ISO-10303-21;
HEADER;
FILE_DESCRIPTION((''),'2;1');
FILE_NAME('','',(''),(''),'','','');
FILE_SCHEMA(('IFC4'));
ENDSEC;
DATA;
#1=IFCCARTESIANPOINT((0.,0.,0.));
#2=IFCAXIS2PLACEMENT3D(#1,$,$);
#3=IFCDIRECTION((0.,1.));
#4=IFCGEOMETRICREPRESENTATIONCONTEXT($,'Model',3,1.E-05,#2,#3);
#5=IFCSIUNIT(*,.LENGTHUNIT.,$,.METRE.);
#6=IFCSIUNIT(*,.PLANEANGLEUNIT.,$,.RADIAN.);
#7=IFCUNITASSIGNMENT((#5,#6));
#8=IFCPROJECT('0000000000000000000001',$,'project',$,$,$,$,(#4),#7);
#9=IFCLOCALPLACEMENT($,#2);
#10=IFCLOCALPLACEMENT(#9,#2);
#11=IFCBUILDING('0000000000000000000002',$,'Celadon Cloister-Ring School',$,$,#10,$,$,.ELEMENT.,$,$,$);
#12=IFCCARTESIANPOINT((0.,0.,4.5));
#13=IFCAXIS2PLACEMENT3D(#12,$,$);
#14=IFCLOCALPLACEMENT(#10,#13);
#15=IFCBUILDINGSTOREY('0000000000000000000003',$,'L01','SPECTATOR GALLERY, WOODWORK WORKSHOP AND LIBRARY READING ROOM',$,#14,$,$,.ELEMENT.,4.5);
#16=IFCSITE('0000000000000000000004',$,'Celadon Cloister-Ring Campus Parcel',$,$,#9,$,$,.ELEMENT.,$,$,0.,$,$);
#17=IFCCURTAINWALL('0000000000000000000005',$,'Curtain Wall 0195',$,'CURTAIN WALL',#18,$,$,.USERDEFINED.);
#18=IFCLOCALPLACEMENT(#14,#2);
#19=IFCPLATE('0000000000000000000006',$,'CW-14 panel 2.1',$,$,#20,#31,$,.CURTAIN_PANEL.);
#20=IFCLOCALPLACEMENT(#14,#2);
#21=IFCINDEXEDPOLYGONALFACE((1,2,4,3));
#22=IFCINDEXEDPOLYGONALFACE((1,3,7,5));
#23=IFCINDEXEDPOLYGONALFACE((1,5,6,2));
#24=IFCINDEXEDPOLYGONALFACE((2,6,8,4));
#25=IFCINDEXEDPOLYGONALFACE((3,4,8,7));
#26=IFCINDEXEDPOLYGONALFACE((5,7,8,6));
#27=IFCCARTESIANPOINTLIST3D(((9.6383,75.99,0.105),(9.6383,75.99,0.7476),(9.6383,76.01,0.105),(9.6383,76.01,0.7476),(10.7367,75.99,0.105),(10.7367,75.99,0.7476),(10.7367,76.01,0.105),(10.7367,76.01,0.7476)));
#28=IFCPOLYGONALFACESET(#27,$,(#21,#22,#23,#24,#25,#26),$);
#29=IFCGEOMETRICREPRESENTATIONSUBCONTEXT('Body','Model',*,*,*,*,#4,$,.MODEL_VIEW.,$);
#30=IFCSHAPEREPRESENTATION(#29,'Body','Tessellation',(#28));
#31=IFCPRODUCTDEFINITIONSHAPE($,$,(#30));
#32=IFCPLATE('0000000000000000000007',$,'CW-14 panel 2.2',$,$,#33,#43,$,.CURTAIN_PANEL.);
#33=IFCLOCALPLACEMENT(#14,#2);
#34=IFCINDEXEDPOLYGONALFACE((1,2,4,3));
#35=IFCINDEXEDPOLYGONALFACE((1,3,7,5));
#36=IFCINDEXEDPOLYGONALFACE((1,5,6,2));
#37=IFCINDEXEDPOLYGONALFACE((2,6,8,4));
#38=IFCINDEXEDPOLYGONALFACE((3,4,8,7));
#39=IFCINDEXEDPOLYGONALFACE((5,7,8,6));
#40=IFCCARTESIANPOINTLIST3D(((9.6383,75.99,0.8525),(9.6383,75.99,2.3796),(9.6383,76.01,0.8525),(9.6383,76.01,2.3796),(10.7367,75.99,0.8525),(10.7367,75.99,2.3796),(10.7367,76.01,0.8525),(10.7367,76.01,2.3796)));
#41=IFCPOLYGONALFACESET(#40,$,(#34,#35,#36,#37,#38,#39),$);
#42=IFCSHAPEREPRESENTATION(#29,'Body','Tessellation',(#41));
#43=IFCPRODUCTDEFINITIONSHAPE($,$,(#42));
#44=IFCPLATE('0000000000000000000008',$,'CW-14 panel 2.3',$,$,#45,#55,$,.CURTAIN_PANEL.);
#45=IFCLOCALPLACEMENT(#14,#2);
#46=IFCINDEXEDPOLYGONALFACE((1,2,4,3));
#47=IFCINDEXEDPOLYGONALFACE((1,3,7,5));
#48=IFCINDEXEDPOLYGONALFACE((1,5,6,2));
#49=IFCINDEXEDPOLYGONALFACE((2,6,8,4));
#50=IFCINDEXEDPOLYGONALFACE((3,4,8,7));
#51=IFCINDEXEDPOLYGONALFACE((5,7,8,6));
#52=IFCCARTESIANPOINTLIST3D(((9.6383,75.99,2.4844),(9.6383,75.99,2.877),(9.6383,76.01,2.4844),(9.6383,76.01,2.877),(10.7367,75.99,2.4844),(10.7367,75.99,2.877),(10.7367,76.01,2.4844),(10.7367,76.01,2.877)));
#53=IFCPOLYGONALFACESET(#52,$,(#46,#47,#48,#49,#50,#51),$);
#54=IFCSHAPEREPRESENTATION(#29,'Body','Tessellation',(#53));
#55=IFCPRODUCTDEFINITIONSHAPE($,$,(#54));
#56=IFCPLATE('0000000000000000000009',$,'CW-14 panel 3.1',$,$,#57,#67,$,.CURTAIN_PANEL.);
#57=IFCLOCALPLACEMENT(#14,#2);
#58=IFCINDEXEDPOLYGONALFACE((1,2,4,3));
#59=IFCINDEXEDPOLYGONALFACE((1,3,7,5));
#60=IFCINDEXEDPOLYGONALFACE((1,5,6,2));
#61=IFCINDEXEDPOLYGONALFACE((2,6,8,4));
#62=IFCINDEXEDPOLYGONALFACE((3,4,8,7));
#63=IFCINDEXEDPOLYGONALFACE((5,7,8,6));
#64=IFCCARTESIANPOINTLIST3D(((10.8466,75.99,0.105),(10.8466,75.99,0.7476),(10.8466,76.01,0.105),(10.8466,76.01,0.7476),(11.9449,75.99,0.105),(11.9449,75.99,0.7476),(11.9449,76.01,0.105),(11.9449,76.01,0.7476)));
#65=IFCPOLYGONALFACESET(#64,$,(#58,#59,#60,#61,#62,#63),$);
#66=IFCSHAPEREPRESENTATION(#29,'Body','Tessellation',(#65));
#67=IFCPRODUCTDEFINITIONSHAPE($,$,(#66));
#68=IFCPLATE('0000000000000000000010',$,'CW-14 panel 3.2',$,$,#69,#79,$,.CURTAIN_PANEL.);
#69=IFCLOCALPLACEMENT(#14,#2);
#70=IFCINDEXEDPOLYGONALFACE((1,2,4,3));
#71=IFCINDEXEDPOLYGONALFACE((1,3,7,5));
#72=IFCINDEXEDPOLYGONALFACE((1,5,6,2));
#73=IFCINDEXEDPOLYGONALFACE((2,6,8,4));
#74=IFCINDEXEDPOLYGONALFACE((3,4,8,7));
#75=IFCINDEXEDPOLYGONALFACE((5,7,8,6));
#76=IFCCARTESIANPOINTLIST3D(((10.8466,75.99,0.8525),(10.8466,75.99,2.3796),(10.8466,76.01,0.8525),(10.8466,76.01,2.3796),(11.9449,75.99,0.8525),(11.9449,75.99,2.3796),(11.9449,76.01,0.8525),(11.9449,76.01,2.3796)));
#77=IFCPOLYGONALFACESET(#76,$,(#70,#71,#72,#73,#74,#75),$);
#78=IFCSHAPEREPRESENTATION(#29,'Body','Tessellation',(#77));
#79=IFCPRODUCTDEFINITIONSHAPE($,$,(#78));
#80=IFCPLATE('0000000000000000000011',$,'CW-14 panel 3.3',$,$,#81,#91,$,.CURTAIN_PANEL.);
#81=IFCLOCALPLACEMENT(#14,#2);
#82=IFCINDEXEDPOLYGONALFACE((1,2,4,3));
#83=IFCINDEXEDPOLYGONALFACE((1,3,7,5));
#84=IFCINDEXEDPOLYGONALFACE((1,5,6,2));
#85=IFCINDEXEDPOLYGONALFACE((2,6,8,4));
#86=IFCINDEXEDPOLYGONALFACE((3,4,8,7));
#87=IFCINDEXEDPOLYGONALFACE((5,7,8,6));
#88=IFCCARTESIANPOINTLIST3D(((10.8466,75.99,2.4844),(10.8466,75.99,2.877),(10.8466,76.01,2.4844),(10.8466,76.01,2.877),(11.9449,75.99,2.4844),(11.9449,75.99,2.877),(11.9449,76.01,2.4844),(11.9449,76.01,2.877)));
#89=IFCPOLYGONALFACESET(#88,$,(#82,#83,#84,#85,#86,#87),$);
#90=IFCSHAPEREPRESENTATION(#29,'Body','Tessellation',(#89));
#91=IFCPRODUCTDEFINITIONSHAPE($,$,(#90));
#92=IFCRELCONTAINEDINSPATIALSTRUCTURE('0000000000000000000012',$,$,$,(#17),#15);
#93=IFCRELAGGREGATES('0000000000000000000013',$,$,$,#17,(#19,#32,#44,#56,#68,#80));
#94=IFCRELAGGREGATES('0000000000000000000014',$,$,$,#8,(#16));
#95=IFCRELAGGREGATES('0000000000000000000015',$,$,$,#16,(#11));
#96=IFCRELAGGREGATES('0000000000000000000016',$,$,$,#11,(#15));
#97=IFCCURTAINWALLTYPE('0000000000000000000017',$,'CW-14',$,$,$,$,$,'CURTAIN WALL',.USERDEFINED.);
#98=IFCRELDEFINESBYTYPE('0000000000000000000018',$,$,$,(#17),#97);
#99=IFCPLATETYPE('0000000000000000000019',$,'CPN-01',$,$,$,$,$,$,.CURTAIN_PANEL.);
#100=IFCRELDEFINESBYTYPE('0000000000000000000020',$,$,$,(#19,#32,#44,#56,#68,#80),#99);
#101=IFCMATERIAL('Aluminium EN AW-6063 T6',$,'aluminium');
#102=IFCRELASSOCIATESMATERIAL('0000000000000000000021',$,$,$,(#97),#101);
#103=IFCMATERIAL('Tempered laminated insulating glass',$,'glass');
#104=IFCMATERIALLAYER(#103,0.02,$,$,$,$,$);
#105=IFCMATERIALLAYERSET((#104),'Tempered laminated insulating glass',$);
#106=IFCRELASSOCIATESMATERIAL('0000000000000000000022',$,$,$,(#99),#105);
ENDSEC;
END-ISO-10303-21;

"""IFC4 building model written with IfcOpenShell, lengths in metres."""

from ifc_helpers import new_model, si_unit, direction, frame, origin, origin_2d, place, context, subcontext, project, spatial, rectangle, extrude, material, layer, layer_set, type_object, element, aggregate, save


model = new_model("IFC4")

# Units and contexts
model_context = context("Model", 3, precision=1e-05, world=origin(), true_north=direction((0.0, 1.0)))
body_context = subcontext(model_context, "Body", "Model", "MODEL_VIEW")
ifc_project = project(units=[si_unit("LENGTHUNIT", "METRE"), si_unit("PLANEANGLEUNIT", "RADIAN")], contexts=[model_context])

# Site, building, storey
site_placement = place(None, origin())
site = spatial("IfcSite", under=ifc_project, at=site_placement, Name="Celadon Cloister-Ring Campus Parcel", CompositionType="ELEMENT", RefElevation=0.0)
building_placement = place(site_placement, origin())
building = spatial("IfcBuilding", under=site, at=building_placement, Name="Celadon Cloister-Ring School", CompositionType="ELEMENT")
storey_placement = place(building_placement, frame((0.0, 0.0, 4.5)))
storey = spatial("IfcBuildingStorey", under=building, at=storey_placement, Name="L01", Description="SPECTATOR GALLERY, WOODWORK WORKSHOP AND LIBRARY READING ROOM", CompositionType="ELEMENT", Elevation=4.5)

# Curtain wall
ifc_material_1 = material(Name="Aluminium EN AW-6063 T6", Category="aluminium")
curtain_wall_type = type_object("IfcCurtainWallType", Name="CW-14", ElementType="CURTAIN WALL", PredefinedType="USERDEFINED", material=ifc_material_1)
curtain_wall_placement = place(storey_placement, origin())
curtain_wall = element("IfcCurtainWall", 1, at=curtain_wall_placement, inside=storey, type_object=curtain_wall_type, Name="Curtain Wall 0195", ObjectType="CURTAIN WALL", PredefinedType="USERDEFINED")

# Plates
ifc_material_2 = material(Name="Tempered laminated insulating glass", Category="glass")
ifc_layer = layer(ifc_material_2, 0.02)
ifc_layer_set = layer_set([ifc_layer], Name="Tempered laminated insulating glass")
plate_type = type_object("IfcPlateType", Name="CPN-01", PredefinedType="CURTAIN_PANEL", material=ifc_layer_set)
plate_1_placement = place(storey_placement, frame((10.1875, 76.0, 0.105), z_axis=(0.0, 0.0, 1.0), x_axis=(1.0, 0.0, 0.0)))
plate_1 = element("IfcPlate", 2, at=plate_1_placement, type_object=plate_type, Name="CW-14 panel 2.1", PredefinedType="CURTAIN_PANEL", context=body_context, shape_type="SweptSolid", body=[
    extrude(rectangle(XDim=1.0984, YDim=0.02, at=origin_2d()), origin(), (0.0, 0.0, 1.0), 0.6426),
])
plate_2_placement = place(storey_placement, frame((10.1875, 76.0, 0.8525), z_axis=(0.0, 0.0, 1.0), x_axis=(1.0, 0.0, 0.0)))
plate_2 = element("IfcPlate", 3, at=plate_2_placement, type_object=plate_type, Name="CW-14 panel 2.2", PredefinedType="CURTAIN_PANEL", context=body_context, shape_type="SweptSolid", body=[
    extrude(rectangle(XDim=1.0984, YDim=0.02, at=origin_2d()), origin(), (0.0, 0.0, 1.0), 1.5271),
])
plate_3_placement = place(storey_placement, frame((10.1875, 76.0, 2.4844), z_axis=(0.0, 0.0, 1.0), x_axis=(1.0, 0.0, 0.0)))
plate_3 = element("IfcPlate", 4, at=plate_3_placement, type_object=plate_type, Name="CW-14 panel 2.3", PredefinedType="CURTAIN_PANEL", context=body_context, shape_type="SweptSolid", body=[
    extrude(rectangle(XDim=1.0984, YDim=0.02, at=origin_2d()), origin(), (0.0, 0.0, 1.0), 0.3926),
])
plate_4_placement = place(storey_placement, frame((11.3958, 76.0, 0.105), z_axis=(0.0, 0.0, 1.0), x_axis=(1.0, 0.0, 0.0)))
plate_4 = element("IfcPlate", 5, at=plate_4_placement, type_object=plate_type, Name="CW-14 panel 3.1", PredefinedType="CURTAIN_PANEL", context=body_context, shape_type="SweptSolid", body=[
    extrude(rectangle(XDim=1.0984, YDim=0.02, at=origin_2d()), origin(), (0.0, 0.0, 1.0), 0.6426),
])
plate_5_placement = place(storey_placement, frame((11.3958, 76.0, 0.8525), z_axis=(0.0, 0.0, 1.0), x_axis=(1.0, 0.0, 0.0)))
plate_5 = element("IfcPlate", 6, at=plate_5_placement, type_object=plate_type, Name="CW-14 panel 3.2", PredefinedType="CURTAIN_PANEL", context=body_context, shape_type="SweptSolid", body=[
    extrude(rectangle(XDim=1.0984, YDim=0.02, at=origin_2d()), origin(), (0.0, 0.0, 1.0), 1.5271),
])
plate_6_placement = place(storey_placement, frame((11.3958, 76.0, 2.4844), z_axis=(0.0, 0.0, 1.0), x_axis=(1.0, 0.0, 0.0)))
plate_6 = element("IfcPlate", 7, at=plate_6_placement, type_object=plate_type, Name="CW-14 panel 3.3", PredefinedType="CURTAIN_PANEL", context=body_context, shape_type="SweptSolid", body=[
    extrude(rectangle(XDim=1.0984, YDim=0.02, at=origin_2d()), origin(), (0.0, 0.0, 1.0), 0.3926),
])
aggregate(curtain_wall, [plate_1, plate_2, plate_3, plate_4, plate_5, plate_6])

save(model, "model.ifc")
